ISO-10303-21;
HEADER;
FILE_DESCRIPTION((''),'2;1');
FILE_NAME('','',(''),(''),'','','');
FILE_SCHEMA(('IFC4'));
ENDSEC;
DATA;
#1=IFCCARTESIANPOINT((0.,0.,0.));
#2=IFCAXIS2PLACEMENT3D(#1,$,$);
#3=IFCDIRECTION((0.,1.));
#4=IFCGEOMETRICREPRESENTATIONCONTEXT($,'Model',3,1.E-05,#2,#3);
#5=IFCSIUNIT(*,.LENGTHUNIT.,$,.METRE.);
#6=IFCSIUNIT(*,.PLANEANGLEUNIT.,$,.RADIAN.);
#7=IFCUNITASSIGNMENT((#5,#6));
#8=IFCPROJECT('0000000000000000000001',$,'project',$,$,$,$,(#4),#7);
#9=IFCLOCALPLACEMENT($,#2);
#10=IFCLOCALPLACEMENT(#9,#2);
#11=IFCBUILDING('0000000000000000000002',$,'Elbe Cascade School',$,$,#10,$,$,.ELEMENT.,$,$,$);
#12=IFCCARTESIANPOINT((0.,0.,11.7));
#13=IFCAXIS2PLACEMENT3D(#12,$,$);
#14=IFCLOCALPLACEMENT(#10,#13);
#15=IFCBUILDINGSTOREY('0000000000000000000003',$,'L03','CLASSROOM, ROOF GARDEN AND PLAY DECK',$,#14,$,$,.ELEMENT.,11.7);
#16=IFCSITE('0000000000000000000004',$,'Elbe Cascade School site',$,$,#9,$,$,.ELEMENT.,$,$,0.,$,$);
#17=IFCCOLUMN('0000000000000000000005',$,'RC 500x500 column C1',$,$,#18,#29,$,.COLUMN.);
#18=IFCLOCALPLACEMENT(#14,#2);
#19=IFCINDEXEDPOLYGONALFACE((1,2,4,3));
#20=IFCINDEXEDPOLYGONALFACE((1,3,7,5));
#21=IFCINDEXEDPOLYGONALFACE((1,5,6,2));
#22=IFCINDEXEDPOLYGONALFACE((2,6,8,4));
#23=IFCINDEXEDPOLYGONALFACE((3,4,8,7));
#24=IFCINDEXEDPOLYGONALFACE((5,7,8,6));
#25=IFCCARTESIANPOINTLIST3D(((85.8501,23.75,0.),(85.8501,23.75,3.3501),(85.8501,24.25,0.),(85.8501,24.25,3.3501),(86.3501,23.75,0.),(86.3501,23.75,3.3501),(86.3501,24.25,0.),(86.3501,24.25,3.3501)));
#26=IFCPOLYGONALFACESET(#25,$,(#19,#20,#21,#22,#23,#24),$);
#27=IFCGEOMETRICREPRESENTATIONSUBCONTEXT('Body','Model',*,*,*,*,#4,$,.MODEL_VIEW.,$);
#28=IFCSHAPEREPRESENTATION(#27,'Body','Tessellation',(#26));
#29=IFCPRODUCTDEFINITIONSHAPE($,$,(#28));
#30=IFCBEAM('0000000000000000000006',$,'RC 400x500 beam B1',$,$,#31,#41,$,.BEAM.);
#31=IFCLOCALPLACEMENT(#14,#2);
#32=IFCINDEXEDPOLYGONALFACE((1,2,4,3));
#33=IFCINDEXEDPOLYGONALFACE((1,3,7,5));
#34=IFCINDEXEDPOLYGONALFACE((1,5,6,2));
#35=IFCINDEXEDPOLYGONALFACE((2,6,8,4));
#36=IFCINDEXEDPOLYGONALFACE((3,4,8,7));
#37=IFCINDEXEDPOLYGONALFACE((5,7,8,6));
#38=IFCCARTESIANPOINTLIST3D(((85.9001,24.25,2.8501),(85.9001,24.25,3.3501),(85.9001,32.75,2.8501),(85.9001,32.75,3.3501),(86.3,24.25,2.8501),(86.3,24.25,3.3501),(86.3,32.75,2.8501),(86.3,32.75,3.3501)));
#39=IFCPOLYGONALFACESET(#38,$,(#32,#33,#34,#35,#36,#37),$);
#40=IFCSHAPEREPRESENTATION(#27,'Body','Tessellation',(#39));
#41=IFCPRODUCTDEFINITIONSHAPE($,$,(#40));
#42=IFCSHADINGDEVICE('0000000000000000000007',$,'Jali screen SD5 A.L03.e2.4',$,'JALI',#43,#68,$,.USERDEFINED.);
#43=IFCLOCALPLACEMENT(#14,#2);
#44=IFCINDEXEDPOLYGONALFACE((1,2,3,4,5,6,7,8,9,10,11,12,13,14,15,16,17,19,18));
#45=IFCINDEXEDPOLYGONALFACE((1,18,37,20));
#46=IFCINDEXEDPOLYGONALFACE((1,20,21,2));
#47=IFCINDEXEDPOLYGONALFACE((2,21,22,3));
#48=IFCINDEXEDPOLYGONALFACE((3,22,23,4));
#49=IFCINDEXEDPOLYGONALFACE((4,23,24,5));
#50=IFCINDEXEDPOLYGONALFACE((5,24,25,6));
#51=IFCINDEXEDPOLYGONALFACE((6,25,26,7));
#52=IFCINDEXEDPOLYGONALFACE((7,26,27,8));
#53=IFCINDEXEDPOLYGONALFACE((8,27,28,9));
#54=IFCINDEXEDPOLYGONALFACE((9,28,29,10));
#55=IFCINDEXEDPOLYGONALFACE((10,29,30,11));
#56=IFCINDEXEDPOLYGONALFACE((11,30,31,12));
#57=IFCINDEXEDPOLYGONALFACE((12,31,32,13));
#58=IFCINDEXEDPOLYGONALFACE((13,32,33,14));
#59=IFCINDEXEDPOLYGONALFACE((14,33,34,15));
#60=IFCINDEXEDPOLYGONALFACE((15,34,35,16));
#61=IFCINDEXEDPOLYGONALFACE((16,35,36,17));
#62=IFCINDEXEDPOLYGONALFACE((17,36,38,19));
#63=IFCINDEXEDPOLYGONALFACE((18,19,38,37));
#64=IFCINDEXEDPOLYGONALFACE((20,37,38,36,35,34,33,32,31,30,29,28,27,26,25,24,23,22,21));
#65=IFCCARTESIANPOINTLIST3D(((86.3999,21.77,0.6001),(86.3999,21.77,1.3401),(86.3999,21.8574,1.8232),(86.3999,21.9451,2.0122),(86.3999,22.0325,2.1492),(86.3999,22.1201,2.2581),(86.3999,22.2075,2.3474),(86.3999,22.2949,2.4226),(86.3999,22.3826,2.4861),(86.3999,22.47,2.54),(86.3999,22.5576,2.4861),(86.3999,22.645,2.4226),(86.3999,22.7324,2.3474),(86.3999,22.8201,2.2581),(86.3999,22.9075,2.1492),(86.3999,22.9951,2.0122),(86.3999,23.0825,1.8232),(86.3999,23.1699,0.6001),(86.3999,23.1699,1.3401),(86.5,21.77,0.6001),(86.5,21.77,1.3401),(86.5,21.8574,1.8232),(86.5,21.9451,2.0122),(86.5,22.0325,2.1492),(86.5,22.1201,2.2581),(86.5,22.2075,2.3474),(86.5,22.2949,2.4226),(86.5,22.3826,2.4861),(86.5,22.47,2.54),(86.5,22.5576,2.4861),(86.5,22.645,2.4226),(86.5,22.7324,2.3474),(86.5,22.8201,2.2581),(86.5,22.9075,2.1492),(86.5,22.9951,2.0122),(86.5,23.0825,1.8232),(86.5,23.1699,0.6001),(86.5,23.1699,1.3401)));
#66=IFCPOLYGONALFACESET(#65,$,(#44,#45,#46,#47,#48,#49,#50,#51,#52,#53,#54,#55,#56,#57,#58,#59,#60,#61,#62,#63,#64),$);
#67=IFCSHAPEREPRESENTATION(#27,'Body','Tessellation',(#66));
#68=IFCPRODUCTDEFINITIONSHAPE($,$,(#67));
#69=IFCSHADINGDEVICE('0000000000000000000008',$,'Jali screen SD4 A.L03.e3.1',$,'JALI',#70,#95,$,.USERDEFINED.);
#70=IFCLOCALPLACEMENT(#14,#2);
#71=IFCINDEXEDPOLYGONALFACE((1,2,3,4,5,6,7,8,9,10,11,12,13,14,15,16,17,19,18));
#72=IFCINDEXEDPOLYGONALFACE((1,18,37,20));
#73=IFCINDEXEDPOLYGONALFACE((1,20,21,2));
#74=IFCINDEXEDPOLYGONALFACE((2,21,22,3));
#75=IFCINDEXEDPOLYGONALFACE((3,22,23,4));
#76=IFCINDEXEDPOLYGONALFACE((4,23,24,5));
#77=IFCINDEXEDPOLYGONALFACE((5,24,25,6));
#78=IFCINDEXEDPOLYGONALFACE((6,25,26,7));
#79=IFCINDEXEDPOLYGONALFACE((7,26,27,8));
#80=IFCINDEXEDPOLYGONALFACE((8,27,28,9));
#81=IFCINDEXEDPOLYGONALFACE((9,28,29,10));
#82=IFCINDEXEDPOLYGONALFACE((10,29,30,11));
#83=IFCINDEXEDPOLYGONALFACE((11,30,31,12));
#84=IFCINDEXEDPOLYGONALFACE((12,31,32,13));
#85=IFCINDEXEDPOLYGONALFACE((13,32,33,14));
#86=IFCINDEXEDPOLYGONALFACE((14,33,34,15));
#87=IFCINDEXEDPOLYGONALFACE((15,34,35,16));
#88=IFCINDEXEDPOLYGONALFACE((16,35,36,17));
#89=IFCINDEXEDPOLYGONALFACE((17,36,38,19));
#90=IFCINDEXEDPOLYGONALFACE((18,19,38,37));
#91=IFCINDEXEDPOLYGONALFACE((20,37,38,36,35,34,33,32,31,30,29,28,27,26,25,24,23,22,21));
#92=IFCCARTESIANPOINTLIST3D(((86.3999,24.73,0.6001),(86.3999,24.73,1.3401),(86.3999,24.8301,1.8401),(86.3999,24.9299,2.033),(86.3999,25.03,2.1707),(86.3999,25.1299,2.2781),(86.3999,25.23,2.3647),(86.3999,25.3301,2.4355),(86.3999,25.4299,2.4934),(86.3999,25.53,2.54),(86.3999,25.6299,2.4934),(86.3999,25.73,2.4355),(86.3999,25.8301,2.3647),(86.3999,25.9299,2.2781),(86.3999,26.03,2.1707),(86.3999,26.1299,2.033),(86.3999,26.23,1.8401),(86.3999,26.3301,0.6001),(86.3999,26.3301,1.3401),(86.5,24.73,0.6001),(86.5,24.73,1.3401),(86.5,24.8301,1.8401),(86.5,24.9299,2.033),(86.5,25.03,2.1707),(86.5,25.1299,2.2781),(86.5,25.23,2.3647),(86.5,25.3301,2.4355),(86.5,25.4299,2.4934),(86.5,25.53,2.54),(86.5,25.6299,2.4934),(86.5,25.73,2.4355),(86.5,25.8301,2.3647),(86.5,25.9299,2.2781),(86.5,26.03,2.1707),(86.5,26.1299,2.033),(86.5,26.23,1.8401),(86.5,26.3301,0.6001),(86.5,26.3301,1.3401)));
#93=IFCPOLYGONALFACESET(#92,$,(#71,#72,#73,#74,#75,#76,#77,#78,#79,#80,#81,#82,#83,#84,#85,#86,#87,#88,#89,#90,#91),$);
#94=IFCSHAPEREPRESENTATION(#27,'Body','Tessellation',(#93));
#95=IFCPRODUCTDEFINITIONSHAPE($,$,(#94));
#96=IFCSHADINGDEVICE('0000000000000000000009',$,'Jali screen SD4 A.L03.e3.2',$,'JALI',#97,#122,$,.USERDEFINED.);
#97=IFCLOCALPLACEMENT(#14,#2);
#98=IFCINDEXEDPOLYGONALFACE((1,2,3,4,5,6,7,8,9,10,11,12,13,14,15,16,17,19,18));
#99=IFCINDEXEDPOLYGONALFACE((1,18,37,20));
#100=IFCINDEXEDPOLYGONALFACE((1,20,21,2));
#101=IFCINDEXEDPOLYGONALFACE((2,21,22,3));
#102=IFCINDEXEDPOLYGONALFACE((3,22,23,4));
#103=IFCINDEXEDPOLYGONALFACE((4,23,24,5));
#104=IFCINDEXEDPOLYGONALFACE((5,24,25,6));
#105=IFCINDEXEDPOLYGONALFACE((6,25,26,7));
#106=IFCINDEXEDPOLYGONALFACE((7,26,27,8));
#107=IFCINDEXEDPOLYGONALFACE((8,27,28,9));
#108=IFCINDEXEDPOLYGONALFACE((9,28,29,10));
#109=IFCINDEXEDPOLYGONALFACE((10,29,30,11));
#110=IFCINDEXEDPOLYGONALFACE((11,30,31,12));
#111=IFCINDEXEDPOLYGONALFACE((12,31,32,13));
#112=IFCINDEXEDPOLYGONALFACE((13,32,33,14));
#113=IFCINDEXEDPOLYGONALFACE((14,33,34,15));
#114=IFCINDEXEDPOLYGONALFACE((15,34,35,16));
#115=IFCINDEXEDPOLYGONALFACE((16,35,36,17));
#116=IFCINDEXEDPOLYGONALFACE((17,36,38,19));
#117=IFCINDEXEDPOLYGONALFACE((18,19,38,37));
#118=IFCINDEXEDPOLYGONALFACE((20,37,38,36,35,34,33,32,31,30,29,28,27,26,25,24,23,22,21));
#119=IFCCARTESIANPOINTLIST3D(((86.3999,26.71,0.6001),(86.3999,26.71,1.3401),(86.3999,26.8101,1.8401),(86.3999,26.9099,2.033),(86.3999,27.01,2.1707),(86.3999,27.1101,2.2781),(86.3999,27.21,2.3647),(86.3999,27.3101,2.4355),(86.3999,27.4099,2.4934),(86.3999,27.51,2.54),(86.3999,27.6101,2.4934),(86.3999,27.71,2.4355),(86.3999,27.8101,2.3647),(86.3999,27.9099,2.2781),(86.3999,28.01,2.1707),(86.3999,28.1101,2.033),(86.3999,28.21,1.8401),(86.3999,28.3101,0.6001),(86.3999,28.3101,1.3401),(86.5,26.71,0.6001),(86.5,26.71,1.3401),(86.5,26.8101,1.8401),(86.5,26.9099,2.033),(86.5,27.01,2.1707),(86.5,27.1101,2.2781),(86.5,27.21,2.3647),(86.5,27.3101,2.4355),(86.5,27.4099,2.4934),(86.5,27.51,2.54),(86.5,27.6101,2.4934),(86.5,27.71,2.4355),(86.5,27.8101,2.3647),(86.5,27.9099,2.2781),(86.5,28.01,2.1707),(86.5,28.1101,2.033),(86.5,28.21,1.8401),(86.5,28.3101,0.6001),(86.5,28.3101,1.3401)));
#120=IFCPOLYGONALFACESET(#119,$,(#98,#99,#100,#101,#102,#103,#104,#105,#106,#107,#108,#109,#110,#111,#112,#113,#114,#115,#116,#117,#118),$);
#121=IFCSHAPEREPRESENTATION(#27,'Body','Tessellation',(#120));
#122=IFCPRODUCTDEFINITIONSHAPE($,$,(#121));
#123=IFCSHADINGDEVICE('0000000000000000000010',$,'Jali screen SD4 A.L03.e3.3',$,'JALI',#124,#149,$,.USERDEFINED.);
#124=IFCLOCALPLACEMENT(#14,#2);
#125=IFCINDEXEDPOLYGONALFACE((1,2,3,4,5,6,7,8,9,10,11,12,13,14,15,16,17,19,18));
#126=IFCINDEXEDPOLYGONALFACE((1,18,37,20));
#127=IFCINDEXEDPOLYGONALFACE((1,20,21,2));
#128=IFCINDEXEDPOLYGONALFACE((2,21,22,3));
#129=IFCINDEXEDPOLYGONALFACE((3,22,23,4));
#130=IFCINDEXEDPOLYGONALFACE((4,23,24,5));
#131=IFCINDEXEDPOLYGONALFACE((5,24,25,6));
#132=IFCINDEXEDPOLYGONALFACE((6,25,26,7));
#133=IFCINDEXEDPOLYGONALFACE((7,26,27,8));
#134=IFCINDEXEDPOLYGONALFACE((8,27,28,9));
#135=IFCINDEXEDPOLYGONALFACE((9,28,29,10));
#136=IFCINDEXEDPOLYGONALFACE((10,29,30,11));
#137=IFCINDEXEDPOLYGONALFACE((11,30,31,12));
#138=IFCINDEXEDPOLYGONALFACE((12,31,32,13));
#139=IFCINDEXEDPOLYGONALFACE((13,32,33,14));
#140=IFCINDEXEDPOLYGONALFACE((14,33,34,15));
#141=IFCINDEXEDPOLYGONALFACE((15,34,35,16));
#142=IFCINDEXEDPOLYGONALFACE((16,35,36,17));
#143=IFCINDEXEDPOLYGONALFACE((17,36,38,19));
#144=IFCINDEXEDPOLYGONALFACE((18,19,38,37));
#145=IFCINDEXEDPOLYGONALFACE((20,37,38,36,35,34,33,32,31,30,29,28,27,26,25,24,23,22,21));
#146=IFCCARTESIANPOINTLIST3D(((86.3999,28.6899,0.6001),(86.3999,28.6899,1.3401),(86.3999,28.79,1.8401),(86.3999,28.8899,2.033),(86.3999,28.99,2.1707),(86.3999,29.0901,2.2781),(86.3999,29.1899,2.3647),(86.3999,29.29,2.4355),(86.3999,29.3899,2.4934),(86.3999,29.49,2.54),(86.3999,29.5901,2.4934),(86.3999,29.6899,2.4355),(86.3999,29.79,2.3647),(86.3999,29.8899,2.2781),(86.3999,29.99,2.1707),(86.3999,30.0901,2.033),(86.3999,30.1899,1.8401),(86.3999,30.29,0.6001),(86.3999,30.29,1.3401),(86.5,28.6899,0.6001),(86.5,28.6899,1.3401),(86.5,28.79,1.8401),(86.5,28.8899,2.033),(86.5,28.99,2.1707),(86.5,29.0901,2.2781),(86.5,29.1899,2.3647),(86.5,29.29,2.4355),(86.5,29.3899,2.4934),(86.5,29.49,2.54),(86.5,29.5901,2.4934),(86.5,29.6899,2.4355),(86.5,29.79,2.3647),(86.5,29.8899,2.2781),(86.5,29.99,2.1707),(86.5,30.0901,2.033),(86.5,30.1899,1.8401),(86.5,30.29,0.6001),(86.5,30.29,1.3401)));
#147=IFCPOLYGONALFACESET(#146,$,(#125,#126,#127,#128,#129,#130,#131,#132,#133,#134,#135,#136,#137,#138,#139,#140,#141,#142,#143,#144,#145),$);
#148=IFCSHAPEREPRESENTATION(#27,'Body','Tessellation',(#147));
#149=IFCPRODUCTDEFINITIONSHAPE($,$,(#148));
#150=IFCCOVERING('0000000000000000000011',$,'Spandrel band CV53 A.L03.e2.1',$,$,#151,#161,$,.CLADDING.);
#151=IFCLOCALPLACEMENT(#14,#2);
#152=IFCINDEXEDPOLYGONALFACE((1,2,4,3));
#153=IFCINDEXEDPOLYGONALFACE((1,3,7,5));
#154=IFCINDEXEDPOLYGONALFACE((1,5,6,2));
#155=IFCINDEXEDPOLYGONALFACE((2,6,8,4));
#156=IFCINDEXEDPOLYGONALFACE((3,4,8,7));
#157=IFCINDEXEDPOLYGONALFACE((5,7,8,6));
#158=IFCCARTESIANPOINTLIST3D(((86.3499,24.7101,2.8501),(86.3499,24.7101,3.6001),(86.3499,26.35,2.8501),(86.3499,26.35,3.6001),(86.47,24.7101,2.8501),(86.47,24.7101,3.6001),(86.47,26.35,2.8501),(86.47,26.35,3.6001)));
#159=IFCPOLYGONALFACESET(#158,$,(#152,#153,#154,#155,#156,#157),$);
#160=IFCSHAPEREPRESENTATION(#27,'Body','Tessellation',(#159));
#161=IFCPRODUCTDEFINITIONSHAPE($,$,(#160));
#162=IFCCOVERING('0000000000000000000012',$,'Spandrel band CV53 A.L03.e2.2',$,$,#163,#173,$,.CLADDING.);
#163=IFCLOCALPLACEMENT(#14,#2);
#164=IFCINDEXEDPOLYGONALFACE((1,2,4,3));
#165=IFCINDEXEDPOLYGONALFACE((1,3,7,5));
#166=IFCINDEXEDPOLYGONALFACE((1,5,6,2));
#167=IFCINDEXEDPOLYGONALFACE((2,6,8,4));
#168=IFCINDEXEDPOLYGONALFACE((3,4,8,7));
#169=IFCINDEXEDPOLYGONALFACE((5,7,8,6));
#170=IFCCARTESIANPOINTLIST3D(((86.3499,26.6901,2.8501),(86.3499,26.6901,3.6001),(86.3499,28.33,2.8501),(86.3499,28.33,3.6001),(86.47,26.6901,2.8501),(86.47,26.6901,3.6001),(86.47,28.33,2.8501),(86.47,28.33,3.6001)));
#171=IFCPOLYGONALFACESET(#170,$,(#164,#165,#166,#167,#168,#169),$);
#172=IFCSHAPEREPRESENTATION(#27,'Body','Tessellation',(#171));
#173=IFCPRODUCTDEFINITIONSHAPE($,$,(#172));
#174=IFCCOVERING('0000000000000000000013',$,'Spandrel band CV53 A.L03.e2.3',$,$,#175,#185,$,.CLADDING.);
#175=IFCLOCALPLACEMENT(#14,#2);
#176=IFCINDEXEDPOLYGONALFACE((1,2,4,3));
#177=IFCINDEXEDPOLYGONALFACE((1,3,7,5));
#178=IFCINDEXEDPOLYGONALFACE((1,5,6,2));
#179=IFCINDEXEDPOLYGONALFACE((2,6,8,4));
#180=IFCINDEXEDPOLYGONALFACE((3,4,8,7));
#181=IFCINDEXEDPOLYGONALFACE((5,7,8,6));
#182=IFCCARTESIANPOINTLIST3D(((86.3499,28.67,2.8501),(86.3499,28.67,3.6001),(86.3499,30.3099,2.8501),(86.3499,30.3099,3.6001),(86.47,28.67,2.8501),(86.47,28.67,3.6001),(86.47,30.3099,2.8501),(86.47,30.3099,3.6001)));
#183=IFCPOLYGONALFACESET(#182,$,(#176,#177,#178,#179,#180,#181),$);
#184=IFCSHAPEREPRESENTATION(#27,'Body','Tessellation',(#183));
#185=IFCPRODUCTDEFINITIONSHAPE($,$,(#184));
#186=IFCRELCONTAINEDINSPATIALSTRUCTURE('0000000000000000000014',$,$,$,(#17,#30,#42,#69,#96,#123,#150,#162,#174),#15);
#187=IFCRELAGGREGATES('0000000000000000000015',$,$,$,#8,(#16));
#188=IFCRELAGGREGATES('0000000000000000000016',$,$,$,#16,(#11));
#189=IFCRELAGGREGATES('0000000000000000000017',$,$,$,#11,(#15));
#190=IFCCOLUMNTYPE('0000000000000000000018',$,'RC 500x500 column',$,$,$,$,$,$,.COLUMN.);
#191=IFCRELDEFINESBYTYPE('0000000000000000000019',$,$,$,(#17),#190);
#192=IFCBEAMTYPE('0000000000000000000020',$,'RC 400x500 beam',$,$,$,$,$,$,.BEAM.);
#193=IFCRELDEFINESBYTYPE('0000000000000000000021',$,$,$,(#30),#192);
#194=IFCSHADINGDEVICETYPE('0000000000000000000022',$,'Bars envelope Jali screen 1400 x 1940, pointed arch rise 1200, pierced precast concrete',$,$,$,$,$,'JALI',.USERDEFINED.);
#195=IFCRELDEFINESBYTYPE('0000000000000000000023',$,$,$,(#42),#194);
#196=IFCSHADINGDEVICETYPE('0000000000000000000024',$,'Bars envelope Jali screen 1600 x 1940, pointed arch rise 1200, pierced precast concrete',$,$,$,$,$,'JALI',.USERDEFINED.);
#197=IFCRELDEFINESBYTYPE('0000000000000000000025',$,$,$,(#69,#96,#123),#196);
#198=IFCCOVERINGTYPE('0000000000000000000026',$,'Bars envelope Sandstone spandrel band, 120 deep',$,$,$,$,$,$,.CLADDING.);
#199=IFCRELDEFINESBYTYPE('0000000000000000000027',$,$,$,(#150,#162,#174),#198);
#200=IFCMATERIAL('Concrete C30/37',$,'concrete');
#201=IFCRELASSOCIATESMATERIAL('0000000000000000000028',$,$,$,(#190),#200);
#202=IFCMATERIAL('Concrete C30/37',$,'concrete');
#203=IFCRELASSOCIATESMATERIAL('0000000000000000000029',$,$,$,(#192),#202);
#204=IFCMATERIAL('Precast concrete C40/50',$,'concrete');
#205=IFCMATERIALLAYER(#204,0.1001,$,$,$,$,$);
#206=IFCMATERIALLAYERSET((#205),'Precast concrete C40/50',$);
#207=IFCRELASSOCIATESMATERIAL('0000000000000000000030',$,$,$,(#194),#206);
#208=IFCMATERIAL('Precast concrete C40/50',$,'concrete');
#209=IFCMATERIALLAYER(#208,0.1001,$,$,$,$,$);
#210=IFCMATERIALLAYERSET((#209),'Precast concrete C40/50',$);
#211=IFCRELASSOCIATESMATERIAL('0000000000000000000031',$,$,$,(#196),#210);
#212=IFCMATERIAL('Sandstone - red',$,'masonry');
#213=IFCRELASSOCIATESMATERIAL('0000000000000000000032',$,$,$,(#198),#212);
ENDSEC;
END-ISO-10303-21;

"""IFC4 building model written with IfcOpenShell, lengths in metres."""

from ifc_helpers import new_model, si_unit, direction, frame, origin, origin_2d, place, context, subcontext, project, spatial, polyline, rectangle, outline, extrude, material, layer, layer_set, material_profile, profile_set, type_object, element, save


model = new_model("IFC4")

# Units and contexts
model_context = context("Model", 3, precision=1e-05, world=origin(), true_north=direction((0.0, 1.0)))
body_context = subcontext(model_context, "Body", "Model", "MODEL_VIEW")
ifc_project = project(units=[si_unit("LENGTHUNIT", "METRE"), si_unit("PLANEANGLEUNIT", "RADIAN")], contexts=[model_context])

# Site, building, storey
site_placement = place(None, origin())
site = spatial("IfcSite", under=ifc_project, at=site_placement, Name="Elbe Cascade School site", CompositionType="ELEMENT", RefElevation=0.0)
building_placement = place(site_placement, origin())
building = spatial("IfcBuilding", under=site, at=building_placement, Name="Elbe Cascade School", CompositionType="ELEMENT")
storey_placement = place(building_placement, frame((0.0, 0.0, 11.7)))
storey = spatial("IfcBuildingStorey", under=building, at=storey_placement, Name="L03", Description="CLASSROOM, ROOF GARDEN AND PLAY DECK", CompositionType="ELEMENT", Elevation=11.7)

# Column
ifc_material_1 = material(Name="Concrete C30/37", Category="concrete")
ifc_material_profile_1 = material_profile(ifc_material_1, rectangle(XDim=0.5, YDim=0.5, at=origin_2d()), Name="RC 500x500")
ifc_profile_set_1 = profile_set([ifc_material_profile_1], Name="Concrete C30/37")
column_type = type_object("IfcColumnType", Name="RC 500x500 column", PredefinedType="COLUMN", material=ifc_profile_set_1)
column_placement = place(storey_placement, frame((86.1001, 24.0, 0.0), z_axis=(0.0, 0.0, 1.0), x_axis=(1.0, 0.0, 0.0)))
element("IfcColumn", 1, at=column_placement, inside=storey, type_object=column_type, Name="RC 500x500 column C1", PredefinedType="COLUMN", context=body_context, shape_type="SweptSolid", body=[
    extrude(rectangle(XDim=0.5, YDim=0.5, at=origin_2d()), origin(), (0.0, 0.0, 1.0), 3.3501),
])

# Beam
ifc_material_2 = material(Name="Concrete C30/37", Category="concrete")
ifc_material_profile_2 = material_profile(ifc_material_2, rectangle(XDim=0.3999, YDim=0.5, at=origin_2d()), Name="RC 400x500")
ifc_profile_set_2 = profile_set([ifc_material_profile_2], Name="Concrete C30/37")
beam_type = type_object("IfcBeamType", Name="RC 400x500 beam", PredefinedType="BEAM", material=ifc_profile_set_2)
beam_placement = place(storey_placement, frame((86.1001, 24.25, 3.1001), z_axis=(0.0, 1.0, 0.0), x_axis=(-1.0, 0.0, 0.0)))
element("IfcBeam", 2, at=beam_placement, inside=storey, type_object=beam_type, Name="RC 400x500 beam B1", PredefinedType="BEAM", context=body_context, shape_type="SweptSolid", body=[
    extrude(rectangle(XDim=0.3999, YDim=0.5, at=origin_2d()), origin(), (0.0, 0.0, 1.0), 8.5),
])

# Shading devices
ifc_material_3 = material(Name="Precast concrete C40/50", Category="concrete")
ifc_layer_1 = layer(ifc_material_3, 0.1001)
ifc_layer_set_1 = layer_set([ifc_layer_1], Name="Precast concrete C40/50")
shading_device_type_1 = type_object("IfcShadingDeviceType", Name="Bars envelope Jali screen 1400 x 1940, pointed arch rise 1200, pierced precast concrete", ElementType="JALI", PredefinedType="USERDEFINED", material=ifc_layer_set_1)
shading_device_1_placement = place(storey_placement, frame((86.5, 21.77, 0.6001), z_axis=(1.0, 0.0, 0.0), x_axis=(0.0, 1.0, 0.0)))
element("IfcShadingDevice", 3, at=shading_device_1_placement, inside=storey, type_object=shading_device_type_1, Name="Jali screen SD5 A.L03.e2.4", ObjectType="JALI", PredefinedType="USERDEFINED", context=body_context, shape_type="SweptSolid", body=[
    extrude(outline(polyline([(0.0, 0.0), (1.3999, 0.0), (1.3999, 0.74), (1.3125, 1.2231), (1.2251, 1.4121), (1.1375, 1.5491), (1.05, 1.658), (0.9624, 1.7473), (0.875, 1.8225), (0.7876, 1.886), (0.7, 1.9399), (0.6125, 1.886), (0.5249, 1.8225), (0.4375, 1.7473), (0.3501, 1.658), (0.2625, 1.5491), (0.175, 1.4121), (0.0874, 1.2231), (0.0, 0.74), (0.0, 0.0)])), origin(), (0.0, 0.0, -1.0), 0.1001),
])
ifc_material_4 = material(Name="Precast concrete C40/50", Category="concrete")
ifc_layer_2 = layer(ifc_material_4, 0.1001)
ifc_layer_set_2 = layer_set([ifc_layer_2], Name="Precast concrete C40/50")
shading_device_type_2 = type_object("IfcShadingDeviceType", Name="Bars envelope Jali screen 1600 x 1940, pointed arch rise 1200, pierced precast concrete", ElementType="JALI", PredefinedType="USERDEFINED", material=ifc_layer_set_2)
shading_device_2_placement = place(storey_placement, frame((86.5, 24.73, 0.6001), z_axis=(1.0, 0.0, 0.0), x_axis=(0.0, 1.0, 0.0)))
element("IfcShadingDevice", 4, at=shading_device_2_placement, inside=storey, type_object=shading_device_type_2, Name="Jali screen SD4 A.L03.e3.1", ObjectType="JALI", PredefinedType="USERDEFINED", context=body_context, shape_type="SweptSolid", body=[
    extrude(outline(polyline([(0.0, 0.0), (1.6001, 0.0), (1.6001, 0.74), (1.5, 1.24), (1.3999, 1.4329), (1.3, 1.5706), (1.2, 1.678), (1.1001, 1.7646), (1.0, 1.8354), (0.8999, 1.8933), (0.8, 1.9399), (0.7, 1.8933), (0.6001, 1.8354), (0.5, 1.7646), (0.3999, 1.678), (0.3, 1.5706), (0.2, 1.4329), (0.1001, 1.24), (0.0, 0.74), (0.0, 0.0)])), origin(), (0.0, 0.0, -1.0), 0.1001),
])
for number, where, z_axis, x_axis, name in (
    (5, (86.5, 26.71, 0.6001), (1.0, 0.0, 0.0), (0.0, 1.0, 0.0), "Jali screen SD4 A.L03.e3.2"),
    (6, (86.5, 28.6899, 0.6001), (1.0, 0.0, 0.0), (0.0, 1.0, 0.0), "Jali screen SD4 A.L03.e3.3"),
):
    element("IfcShadingDevice", number, at=place(storey_placement, frame(where, z_axis=z_axis, x_axis=x_axis)), inside=storey, type_object=shading_device_type_2, Name=name, ObjectType="JALI", PredefinedType="USERDEFINED", context=body_context, shape_type="SweptSolid", body=[
        extrude(outline(polyline([(0.0, 0.0), (1.6001, 0.0), (1.6001, 0.74), (1.5, 1.24), (1.4001, 1.4329), (1.3, 1.5706), (1.2, 1.678), (1.1001, 1.7646), (1.0, 1.8354), (0.9001, 1.8933), (0.8, 1.9399), (0.7, 1.8933), (0.6001, 1.8354), (0.5, 1.7646), (0.4001, 1.678), (0.3, 1.5706), (0.2, 1.4329), (0.1001, 1.24), (0.0, 0.74), (0.0, 0.0)])), origin(), (0.0, 0.0, -1.0), 0.1001),
    ])

# Coverings
ifc_material_5 = material(Name="Sandstone - red", Category="masonry")
covering_type = type_object("IfcCoveringType", Name="Bars envelope Sandstone spandrel band, 120 deep", PredefinedType="CLADDING", material=ifc_material_5)
for number, where, z_axis, x_axis, name in (
    (7, (86.4099, 25.53, 2.8501), (0.0, 0.0, 1.0), (0.0, 1.0, 0.0), "Spandrel band CV53 A.L03.e2.1"),
    (8, (86.4099, 27.51, 2.8501), (0.0, 0.0, 1.0), (0.0, 1.0, 0.0), "Spandrel band CV53 A.L03.e2.2"),
    (9, (86.4099, 29.49, 2.8501), (0.0, 0.0, 1.0), (0.0, 1.0, 0.0), "Spandrel band CV53 A.L03.e2.3"),
):
    element("IfcCovering", number, at=place(storey_placement, frame(where, z_axis=z_axis, x_axis=x_axis)), inside=storey, type_object=covering_type, Name=name, PredefinedType="CLADDING", context=body_context, shape_type="SweptSolid", body=[
        extrude(rectangle(XDim=1.6399, YDim=0.1201, at=origin_2d()), origin(), (0.0, 0.0, 1.0), 0.75),
    ])

save(model, "model.ifc")
